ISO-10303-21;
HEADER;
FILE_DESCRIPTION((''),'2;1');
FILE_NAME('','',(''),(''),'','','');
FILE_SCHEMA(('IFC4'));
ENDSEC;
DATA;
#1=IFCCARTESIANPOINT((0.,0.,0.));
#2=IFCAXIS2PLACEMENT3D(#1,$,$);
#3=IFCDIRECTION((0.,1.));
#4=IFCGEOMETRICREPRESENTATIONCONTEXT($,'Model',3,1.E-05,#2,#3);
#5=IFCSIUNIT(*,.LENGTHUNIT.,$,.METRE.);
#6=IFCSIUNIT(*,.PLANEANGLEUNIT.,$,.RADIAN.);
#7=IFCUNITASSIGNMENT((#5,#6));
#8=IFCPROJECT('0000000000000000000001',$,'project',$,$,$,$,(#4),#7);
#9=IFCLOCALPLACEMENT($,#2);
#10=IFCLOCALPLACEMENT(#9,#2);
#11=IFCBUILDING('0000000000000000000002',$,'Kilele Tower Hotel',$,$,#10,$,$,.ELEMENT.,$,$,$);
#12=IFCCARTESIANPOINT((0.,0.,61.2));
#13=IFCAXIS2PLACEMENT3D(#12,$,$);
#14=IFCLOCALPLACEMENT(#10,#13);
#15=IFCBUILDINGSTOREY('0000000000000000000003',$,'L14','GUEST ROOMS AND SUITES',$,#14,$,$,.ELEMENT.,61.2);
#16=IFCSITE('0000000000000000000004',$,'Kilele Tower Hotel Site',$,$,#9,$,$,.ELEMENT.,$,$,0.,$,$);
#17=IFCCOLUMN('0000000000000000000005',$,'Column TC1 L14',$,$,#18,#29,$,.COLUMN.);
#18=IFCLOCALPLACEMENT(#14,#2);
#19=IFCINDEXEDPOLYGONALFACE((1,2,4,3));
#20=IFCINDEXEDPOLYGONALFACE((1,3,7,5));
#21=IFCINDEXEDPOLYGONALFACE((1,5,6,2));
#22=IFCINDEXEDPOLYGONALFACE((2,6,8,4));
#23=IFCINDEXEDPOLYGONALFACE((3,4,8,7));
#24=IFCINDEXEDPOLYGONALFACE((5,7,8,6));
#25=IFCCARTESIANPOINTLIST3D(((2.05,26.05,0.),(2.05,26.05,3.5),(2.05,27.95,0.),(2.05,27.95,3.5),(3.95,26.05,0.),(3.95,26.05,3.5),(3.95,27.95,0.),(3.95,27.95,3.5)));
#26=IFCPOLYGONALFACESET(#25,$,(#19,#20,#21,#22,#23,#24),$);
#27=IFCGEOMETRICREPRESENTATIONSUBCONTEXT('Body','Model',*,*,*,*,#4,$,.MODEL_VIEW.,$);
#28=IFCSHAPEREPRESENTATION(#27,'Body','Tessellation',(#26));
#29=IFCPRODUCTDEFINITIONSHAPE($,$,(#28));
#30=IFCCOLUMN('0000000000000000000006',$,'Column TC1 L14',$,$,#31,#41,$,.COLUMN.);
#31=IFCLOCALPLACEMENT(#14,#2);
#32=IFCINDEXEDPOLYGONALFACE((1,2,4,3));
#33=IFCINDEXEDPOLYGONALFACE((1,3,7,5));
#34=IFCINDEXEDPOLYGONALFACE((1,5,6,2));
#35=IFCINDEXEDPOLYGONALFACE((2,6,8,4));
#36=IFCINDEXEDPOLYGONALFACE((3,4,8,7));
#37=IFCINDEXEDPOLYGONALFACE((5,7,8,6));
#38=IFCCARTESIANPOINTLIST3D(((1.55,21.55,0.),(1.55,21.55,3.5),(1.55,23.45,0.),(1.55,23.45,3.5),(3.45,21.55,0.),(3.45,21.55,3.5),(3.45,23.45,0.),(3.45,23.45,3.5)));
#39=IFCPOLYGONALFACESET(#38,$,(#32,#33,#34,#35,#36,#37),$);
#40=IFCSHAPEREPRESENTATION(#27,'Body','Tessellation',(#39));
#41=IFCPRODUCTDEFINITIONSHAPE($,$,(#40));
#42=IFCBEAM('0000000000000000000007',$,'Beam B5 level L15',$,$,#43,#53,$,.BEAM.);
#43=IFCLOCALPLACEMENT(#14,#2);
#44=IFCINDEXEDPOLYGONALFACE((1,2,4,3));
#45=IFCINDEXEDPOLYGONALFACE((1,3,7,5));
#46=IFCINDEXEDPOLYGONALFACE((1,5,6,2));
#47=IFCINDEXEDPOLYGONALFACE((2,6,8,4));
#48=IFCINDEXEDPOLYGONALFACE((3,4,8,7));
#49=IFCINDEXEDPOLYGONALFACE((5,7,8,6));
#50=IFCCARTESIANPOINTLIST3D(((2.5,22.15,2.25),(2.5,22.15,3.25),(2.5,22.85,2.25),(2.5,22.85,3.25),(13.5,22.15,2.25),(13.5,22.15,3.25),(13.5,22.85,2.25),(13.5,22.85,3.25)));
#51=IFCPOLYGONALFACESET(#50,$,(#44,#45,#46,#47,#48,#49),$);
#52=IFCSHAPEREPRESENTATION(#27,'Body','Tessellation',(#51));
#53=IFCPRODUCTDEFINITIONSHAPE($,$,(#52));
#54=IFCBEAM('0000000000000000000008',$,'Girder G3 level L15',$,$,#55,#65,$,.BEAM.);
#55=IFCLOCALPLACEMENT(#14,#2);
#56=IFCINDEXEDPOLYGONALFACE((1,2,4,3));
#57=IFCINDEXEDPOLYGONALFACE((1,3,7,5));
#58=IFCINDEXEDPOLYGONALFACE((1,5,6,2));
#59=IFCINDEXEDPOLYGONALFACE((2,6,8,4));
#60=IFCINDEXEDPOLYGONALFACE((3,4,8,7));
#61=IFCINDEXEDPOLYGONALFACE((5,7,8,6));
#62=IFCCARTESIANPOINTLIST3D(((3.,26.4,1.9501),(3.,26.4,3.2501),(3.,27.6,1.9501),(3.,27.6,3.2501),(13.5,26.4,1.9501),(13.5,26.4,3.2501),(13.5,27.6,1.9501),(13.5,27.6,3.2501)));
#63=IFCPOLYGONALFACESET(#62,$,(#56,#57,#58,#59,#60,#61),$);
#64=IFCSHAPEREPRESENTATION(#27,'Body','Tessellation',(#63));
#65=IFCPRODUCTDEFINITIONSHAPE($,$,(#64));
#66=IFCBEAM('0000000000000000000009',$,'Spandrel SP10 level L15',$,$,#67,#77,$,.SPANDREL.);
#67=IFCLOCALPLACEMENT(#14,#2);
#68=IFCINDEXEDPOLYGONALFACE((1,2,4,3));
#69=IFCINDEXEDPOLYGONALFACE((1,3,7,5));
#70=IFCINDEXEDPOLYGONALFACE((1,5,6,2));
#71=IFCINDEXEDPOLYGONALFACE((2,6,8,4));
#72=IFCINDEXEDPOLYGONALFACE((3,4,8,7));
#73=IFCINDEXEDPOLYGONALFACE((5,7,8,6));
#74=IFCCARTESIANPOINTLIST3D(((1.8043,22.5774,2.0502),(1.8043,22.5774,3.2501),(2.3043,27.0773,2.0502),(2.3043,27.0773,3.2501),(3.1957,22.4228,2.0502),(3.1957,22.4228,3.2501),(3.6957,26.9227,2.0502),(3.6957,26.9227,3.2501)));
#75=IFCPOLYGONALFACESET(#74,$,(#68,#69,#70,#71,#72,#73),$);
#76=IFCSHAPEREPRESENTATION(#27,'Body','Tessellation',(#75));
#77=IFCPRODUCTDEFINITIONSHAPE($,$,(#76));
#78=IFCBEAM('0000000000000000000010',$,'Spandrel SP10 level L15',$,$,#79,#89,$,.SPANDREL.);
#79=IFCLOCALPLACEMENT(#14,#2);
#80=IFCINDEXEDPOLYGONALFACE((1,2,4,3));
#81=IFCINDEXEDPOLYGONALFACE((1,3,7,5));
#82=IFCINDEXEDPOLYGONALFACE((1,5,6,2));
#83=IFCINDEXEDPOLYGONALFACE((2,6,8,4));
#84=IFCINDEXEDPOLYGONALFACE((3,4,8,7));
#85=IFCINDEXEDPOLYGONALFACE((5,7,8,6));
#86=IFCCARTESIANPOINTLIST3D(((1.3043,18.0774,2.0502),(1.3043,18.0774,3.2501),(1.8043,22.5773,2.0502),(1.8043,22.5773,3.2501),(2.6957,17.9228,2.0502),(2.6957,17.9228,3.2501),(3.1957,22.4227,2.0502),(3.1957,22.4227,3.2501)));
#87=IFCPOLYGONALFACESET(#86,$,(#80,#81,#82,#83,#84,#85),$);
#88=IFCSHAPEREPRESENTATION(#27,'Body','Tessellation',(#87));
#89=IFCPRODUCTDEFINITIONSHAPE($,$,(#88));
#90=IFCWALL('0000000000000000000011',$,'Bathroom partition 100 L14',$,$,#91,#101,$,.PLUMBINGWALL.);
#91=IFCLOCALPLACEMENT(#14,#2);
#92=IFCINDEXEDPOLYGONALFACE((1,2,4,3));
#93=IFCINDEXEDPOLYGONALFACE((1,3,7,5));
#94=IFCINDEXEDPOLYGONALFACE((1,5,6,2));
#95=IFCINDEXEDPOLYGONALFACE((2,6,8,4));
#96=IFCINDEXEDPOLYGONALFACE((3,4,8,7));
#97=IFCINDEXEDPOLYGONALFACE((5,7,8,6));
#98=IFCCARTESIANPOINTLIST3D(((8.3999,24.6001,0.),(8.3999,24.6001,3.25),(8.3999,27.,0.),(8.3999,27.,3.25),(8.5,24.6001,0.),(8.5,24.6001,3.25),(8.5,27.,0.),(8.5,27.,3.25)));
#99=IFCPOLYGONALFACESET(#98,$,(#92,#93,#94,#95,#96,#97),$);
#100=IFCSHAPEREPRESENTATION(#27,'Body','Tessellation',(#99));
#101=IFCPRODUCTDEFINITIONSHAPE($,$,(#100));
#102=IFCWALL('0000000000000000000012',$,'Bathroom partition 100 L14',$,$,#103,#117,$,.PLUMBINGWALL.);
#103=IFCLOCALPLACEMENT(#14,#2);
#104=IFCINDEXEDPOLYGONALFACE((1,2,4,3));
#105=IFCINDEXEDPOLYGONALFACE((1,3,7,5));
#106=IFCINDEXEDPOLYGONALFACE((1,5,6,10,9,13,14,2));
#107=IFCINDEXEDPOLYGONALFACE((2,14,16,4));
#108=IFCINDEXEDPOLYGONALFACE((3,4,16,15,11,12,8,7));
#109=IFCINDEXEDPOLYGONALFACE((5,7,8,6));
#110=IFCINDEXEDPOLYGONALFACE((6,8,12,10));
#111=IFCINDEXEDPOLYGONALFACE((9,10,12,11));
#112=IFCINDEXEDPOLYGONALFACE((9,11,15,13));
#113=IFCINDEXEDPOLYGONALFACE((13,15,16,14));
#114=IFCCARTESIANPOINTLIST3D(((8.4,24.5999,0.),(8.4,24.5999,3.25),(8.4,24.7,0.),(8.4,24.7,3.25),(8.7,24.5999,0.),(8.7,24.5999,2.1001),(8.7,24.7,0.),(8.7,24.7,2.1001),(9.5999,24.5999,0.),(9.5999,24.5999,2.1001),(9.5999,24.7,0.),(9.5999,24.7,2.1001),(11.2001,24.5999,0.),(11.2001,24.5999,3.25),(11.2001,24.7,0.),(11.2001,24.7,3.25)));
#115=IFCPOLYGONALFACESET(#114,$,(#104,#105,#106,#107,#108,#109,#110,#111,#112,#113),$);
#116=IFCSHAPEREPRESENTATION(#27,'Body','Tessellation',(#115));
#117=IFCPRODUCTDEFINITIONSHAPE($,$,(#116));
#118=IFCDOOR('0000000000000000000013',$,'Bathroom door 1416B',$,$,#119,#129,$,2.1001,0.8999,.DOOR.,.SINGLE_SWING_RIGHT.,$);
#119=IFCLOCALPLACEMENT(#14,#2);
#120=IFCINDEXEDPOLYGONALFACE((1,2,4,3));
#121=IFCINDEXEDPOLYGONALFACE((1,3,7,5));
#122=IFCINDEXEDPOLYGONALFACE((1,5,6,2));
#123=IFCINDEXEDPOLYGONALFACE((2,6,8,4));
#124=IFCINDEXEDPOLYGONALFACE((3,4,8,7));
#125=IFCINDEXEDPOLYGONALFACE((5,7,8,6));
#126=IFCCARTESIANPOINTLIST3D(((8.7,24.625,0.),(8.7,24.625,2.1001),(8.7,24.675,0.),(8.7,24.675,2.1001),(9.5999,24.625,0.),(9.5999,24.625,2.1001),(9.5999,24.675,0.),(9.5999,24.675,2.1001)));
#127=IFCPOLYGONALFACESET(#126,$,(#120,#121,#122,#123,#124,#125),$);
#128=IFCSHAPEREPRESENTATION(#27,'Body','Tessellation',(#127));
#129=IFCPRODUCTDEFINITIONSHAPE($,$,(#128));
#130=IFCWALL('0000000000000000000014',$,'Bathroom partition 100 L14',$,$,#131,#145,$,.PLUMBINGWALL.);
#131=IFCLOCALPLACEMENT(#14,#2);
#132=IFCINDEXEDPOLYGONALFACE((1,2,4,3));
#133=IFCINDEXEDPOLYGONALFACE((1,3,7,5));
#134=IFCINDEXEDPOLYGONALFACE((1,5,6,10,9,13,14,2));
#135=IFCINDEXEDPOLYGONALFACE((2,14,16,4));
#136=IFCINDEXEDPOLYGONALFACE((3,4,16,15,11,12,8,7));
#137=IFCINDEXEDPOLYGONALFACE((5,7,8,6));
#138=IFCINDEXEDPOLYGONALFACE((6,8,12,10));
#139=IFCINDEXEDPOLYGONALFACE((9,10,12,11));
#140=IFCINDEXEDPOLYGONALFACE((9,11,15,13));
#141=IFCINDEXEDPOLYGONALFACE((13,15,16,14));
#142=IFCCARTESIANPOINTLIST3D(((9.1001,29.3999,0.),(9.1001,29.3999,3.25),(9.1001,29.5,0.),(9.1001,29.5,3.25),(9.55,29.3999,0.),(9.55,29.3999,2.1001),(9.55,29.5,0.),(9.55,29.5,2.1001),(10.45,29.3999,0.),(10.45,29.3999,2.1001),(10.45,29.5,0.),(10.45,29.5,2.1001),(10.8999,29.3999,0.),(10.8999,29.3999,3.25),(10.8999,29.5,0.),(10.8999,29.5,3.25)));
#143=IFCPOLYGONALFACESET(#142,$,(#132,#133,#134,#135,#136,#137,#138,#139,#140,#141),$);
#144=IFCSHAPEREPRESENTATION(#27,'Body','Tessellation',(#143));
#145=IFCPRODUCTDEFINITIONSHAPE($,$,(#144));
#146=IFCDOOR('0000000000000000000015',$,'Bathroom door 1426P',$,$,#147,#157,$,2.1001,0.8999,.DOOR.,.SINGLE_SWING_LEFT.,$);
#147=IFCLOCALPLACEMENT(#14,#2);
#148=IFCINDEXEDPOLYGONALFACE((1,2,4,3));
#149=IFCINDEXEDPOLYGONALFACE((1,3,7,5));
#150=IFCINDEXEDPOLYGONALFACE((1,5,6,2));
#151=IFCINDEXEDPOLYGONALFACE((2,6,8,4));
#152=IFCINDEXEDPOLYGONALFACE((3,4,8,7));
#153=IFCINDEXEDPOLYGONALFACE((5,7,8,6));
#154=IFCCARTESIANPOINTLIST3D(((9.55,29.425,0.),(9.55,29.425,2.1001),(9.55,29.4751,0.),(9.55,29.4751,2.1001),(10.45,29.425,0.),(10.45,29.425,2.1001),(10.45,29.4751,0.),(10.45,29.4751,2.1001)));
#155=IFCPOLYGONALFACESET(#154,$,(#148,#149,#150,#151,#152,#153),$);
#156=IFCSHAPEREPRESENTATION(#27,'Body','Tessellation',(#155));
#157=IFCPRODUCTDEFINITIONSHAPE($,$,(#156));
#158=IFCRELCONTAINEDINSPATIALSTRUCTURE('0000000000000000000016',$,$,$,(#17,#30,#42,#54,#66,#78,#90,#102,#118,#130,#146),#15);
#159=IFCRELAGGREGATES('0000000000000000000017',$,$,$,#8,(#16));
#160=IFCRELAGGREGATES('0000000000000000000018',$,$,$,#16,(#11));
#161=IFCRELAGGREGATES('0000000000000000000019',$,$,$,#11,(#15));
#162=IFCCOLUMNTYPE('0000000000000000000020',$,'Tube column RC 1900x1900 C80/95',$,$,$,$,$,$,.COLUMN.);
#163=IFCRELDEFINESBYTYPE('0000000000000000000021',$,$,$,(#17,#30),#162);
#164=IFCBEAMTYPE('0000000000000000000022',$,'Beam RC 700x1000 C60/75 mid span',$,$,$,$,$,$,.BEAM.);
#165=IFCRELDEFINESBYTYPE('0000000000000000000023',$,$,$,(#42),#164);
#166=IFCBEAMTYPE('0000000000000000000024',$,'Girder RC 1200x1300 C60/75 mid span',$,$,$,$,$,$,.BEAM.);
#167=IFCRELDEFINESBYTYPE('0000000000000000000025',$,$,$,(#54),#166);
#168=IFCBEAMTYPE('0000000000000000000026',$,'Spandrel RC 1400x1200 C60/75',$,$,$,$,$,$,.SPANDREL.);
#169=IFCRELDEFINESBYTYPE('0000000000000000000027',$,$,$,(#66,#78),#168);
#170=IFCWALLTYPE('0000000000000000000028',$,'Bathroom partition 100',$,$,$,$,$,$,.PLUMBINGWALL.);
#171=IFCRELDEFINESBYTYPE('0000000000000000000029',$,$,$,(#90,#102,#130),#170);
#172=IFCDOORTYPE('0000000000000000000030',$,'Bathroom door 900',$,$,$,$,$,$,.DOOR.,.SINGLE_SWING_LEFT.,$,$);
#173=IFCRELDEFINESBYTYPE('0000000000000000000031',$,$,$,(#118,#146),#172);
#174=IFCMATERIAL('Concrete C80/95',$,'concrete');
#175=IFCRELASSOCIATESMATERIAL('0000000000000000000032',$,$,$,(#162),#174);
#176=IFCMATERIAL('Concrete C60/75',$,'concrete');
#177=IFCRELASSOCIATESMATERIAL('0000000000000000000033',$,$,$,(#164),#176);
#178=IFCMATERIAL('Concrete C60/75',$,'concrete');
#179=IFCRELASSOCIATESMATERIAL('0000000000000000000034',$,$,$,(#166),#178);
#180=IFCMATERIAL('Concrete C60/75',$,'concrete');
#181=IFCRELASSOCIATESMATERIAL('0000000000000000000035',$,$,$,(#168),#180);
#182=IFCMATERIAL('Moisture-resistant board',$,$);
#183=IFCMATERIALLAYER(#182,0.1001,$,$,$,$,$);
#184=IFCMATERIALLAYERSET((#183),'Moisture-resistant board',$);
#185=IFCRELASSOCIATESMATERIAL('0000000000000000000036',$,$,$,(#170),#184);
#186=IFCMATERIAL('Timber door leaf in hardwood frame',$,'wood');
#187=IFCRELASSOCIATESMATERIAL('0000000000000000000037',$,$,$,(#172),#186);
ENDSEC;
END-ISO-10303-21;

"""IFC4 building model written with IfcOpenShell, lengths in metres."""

from ifc_helpers import new_model, si_unit, direction, frame, frame_2d, origin, origin_2d, place, context, subcontext, project, spatial, rectangle, extrude, material, layer, layer_set, material_profile, profile_set, type_object, element, fill, save


model = new_model("IFC4")

# Units and contexts
model_context = context("Model", 3, precision=1e-05, world=origin(), true_north=direction((0.0, 1.0)))
body_context = subcontext(model_context, "Body", "Model", "MODEL_VIEW")
ifc_project = project(units=[si_unit("LENGTHUNIT", "METRE"), si_unit("PLANEANGLEUNIT", "RADIAN")], contexts=[model_context])

# Site, building, storey
site_placement = place(None, origin())
site = spatial("IfcSite", under=ifc_project, at=site_placement, Name="Kilele Tower Hotel Site", CompositionType="ELEMENT", RefElevation=0.0)
building_placement = place(site_placement, origin())
building = spatial("IfcBuilding", under=site, at=building_placement, Name="Kilele Tower Hotel", CompositionType="ELEMENT")
storey_placement = place(building_placement, frame((0.0, 0.0, 61.2)))
storey = spatial("IfcBuildingStorey", under=building, at=storey_placement, Name="L14", Description="GUEST ROOMS AND SUITES", CompositionType="ELEMENT", Elevation=61.2)

# Columns
ifc_material_1 = material(Name="Concrete C80/95", Category="concrete")
ifc_material_profile_1 = material_profile(ifc_material_1, rectangle(XDim=1.8999, YDim=1.8999, at=origin_2d()))
ifc_profile_set_1 = profile_set([ifc_material_profile_1], Name="Concrete C80/95")
column_type = type_object("IfcColumnType", Name="Tube column RC 1900x1900 C80/95", PredefinedType="COLUMN", material=ifc_profile_set_1)
for number, where, z_axis, x_axis, name in (
    (1, (3.0, 27.0, 0.0), (0.0, 0.0, 1.0), (1.0, 0.0, 0.0), "Column TC1 L14"),
    (2, (2.5, 22.5, 0.0), (0.0, 0.0, 1.0), (1.0, 0.0, 0.0), "Column TC1 L14"),
):
    element("IfcColumn", number, at=place(storey_placement, frame(where, z_axis=z_axis, x_axis=x_axis)), inside=storey, type_object=column_type, Name=name, PredefinedType="COLUMN", context=body_context, shape_type="SweptSolid", body=[
        extrude(rectangle(XDim=1.8999, YDim=1.8999, at=origin_2d()), origin(), (0.0, 0.0, 1.0), 3.5),
    ])

# Beams
ifc_material_2 = material(Name="Concrete C60/75", Category="concrete")
ifc_material_profile_2 = material_profile(ifc_material_2, rectangle(XDim=0.7, YDim=1.0, at=origin_2d()))
ifc_profile_set_2 = profile_set([ifc_material_profile_2], Name="Concrete C60/75")
beam_type_1 = type_object("IfcBeamType", Name="Beam RC 700x1000 C60/75 mid span", PredefinedType="BEAM", material=ifc_profile_set_2)
beam_1_placement = place(storey_placement, frame((2.5, 22.5, 2.75), z_axis=(1.0, 0.0, 0.0), x_axis=(0.0, 1.0, 0.0)))
element("IfcBeam", 3, at=beam_1_placement, inside=storey, type_object=beam_type_1, Name="Beam B5 level L15", PredefinedType="BEAM", context=body_context, shape_type="SweptSolid", body=[
    extrude(rectangle(XDim=0.7, YDim=1.0, at=origin_2d()), origin(), (0.0, 0.0, 1.0), 11.0),
])
ifc_material_3 = material(Name="Concrete C60/75", Category="concrete")
ifc_material_profile_3 = material_profile(ifc_material_3, rectangle(XDim=1.2, YDim=1.3, at=origin_2d()))
ifc_profile_set_3 = profile_set([ifc_material_profile_3], Name="Concrete C60/75")
beam_type_2 = type_object("IfcBeamType", Name="Girder RC 1200x1300 C60/75 mid span", PredefinedType="BEAM", material=ifc_profile_set_3)
beam_2_placement = place(storey_placement, frame((3.0, 27.0, 2.6001), z_axis=(1.0, 0.0, 0.0), x_axis=(0.0, 1.0, 0.0)))
element("IfcBeam", 4, at=beam_2_placement, inside=storey, type_object=beam_type_2, Name="Girder G3 level L15", PredefinedType="BEAM", context=body_context, shape_type="SweptSolid", body=[
    extrude(rectangle(XDim=1.2, YDim=1.3, at=origin_2d()), origin(), (0.0, 0.0, 1.0), 10.5),
])
ifc_material_4 = material(Name="Concrete C60/75", Category="concrete")
ifc_material_profile_4 = material_profile(ifc_material_4, rectangle(XDim=1.3999, YDim=1.2, at=origin_2d()))
ifc_profile_set_4 = profile_set([ifc_material_profile_4], Name="Concrete C60/75")
beam_type_3 = type_object("IfcBeamType", Name="Spandrel RC 1400x1200 C60/75", PredefinedType="SPANDREL", material=ifc_profile_set_4)
for number, where, z_axis, x_axis, name in (
    (5, (3.0, 27.0, 2.6501), (-0.110432, -0.993884, 0.0), (0.993884, -0.110432, 0.0), "Spandrel SP10 level L15"),
    (6, (2.5, 22.5, 2.6501), (-0.110432, -0.993884, 0.0), (0.993884, -0.110432, 0.0), "Spandrel SP10 level L15"),
):
    element("IfcBeam", number, at=place(storey_placement, frame(where, z_axis=z_axis, x_axis=x_axis)), inside=storey, type_object=beam_type_3, Name=name, PredefinedType="SPANDREL", context=body_context, shape_type="SweptSolid", body=[
        extrude(rectangle(XDim=1.3999, YDim=1.2, at=origin_2d()), origin(), (0.0, 0.0, 1.0), 4.5276),
    ])

# Wall
ifc_material_5 = material(Name="Moisture-resistant board")
ifc_layer_1 = layer(ifc_material_5, 0.1001)
ifc_layer_set_1 = layer_set([ifc_layer_1], Name="Moisture-resistant board")
wall_type_1 = type_object("IfcWallType", Name="Bathroom partition 100", PredefinedType="PLUMBINGWALL", material=ifc_layer_set_1)
wall_1_placement = place(storey_placement, frame((8.45, 24.6001, 0.0), z_axis=(0.0, 0.0, 1.0), x_axis=(0.0, 1.0, 0.0)))
element("IfcWall", 7, at=wall_1_placement, inside=storey, type_object=wall_type_1, Name="Bathroom partition 100 L14", PredefinedType="PLUMBINGWALL", context=body_context, shape_type="SweptSolid", body=[
    extrude(rectangle(XDim=2.3999, YDim=0.1001, at=frame_2d((1.2, 0.0))), origin(), (0.0, 0.0, 1.0), 3.25),
])

# Walls, openings, doors
wall_2_placement = place(storey_placement, frame((11.2, 24.6499, 0.0), z_axis=(0.0, 0.0, 1.0), x_axis=(-1.0, 0.0, 0.0)))
wall_2 = element("IfcWall", 8, at=wall_2_placement, inside=storey, type_object=wall_type_1, Name="Bathroom partition 100 L14", PredefinedType="PLUMBINGWALL", context=body_context, shape_type="SweptSolid", body=[
    extrude(rectangle(XDim=2.8, YDim=0.1001, at=frame_2d((1.3999, 0.0))), origin(), (0.0, 0.0, 1.0), 3.25),
])
opening_1_placement = place(wall_2_placement, frame((1.6001, 0.0, 0.0)))
opening_1 = element("IfcOpeningElement", 9, at=opening_1_placement, cuts=wall_2, PredefinedType="OPENING", context=body_context, shape_type="SweptSolid", body=[
    extrude(rectangle(XDim=0.8999, YDim=2.1001, at=frame_2d((0.45, 1.05))), frame((0.0, 0.0601, 0.0), z_axis=(0.0, -1.0, 0.0), x_axis=(1.0, 0.0, 0.0)), (0.0, 0.0, 1.0), 0.1201),
])
ifc_material_6 = material(Name="Timber door leaf in hardwood frame", Category="wood")
door_type_1 = type_object("IfcDoorType", Name="Bathroom door 900", OperationType="SINGLE_SWING_LEFT", PredefinedType="DOOR", material=ifc_material_6)
door_1_placement = place(opening_1_placement, origin())
door_1 = element("IfcDoor", 10, at=door_1_placement, inside=storey, type_object=door_type_1, Name="Bathroom door 1416B", OperationType="SINGLE_SWING_RIGHT", OverallHeight=2.1001, OverallWidth=0.8999, PredefinedType="DOOR", context=body_context, shape_type="SweptSolid", body=[
    extrude(rectangle(XDim=0.8999, YDim=2.1001, at=frame_2d((0.45, 1.05))), frame((0.0, 0.0249, 0.0), z_axis=(0.0, -1.0, 0.0), x_axis=(1.0, 0.0, 0.0)), (0.0, 0.0, 1.0), 0.05),
])
fill(opening_1, door_1)
wall_3_placement = place(storey_placement, frame((10.8999, 29.45, 0.0), z_axis=(0.0, 0.0, 1.0), x_axis=(-1.0, 0.0, 0.0)))
wall_3 = element("IfcWall", 11, at=wall_3_placement, inside=storey, type_object=wall_type_1, Name="Bathroom partition 100 L14", PredefinedType="PLUMBINGWALL", context=body_context, shape_type="SweptSolid", body=[
    extrude(rectangle(XDim=1.7998, YDim=0.1001, at=frame_2d((0.8999, 0.0))), origin(), (0.0, 0.0, 1.0), 3.25),
])
opening_2_placement = place(wall_3_placement, frame((0.45, 0.0, 0.0)))
opening_2 = element("IfcOpeningElement", 12, at=opening_2_placement, cuts=wall_3, PredefinedType="OPENING", context=body_context, shape_type="SweptSolid", body=[
    extrude(rectangle(XDim=0.8999, YDim=2.1001, at=frame_2d((0.45, 1.05))), frame((0.0, 0.0601, 0.0), z_axis=(0.0, -1.0, 0.0), x_axis=(1.0, 0.0, 0.0)), (0.0, 0.0, 1.0), 0.1201),
])
door_2_placement = place(opening_2_placement, origin())
door_2 = element("IfcDoor", 13, at=door_2_placement, inside=storey, type_object=door_type_1, Name="Bathroom door 1426P", OperationType="SINGLE_SWING_LEFT", OverallHeight=2.1001, OverallWidth=0.8999, PredefinedType="DOOR", context=body_context, shape_type="SweptSolid", body=[
    extrude(rectangle(XDim=0.8999, YDim=2.1001, at=frame_2d((0.45, 1.05))), frame((0.0, 0.0249, 0.0), z_axis=(0.0, -1.0, 0.0), x_axis=(1.0, 0.0, 0.0)), (0.0, 0.0, 1.0), 0.05),
])
fill(opening_2, door_2)

save(model, "model.ifc")
